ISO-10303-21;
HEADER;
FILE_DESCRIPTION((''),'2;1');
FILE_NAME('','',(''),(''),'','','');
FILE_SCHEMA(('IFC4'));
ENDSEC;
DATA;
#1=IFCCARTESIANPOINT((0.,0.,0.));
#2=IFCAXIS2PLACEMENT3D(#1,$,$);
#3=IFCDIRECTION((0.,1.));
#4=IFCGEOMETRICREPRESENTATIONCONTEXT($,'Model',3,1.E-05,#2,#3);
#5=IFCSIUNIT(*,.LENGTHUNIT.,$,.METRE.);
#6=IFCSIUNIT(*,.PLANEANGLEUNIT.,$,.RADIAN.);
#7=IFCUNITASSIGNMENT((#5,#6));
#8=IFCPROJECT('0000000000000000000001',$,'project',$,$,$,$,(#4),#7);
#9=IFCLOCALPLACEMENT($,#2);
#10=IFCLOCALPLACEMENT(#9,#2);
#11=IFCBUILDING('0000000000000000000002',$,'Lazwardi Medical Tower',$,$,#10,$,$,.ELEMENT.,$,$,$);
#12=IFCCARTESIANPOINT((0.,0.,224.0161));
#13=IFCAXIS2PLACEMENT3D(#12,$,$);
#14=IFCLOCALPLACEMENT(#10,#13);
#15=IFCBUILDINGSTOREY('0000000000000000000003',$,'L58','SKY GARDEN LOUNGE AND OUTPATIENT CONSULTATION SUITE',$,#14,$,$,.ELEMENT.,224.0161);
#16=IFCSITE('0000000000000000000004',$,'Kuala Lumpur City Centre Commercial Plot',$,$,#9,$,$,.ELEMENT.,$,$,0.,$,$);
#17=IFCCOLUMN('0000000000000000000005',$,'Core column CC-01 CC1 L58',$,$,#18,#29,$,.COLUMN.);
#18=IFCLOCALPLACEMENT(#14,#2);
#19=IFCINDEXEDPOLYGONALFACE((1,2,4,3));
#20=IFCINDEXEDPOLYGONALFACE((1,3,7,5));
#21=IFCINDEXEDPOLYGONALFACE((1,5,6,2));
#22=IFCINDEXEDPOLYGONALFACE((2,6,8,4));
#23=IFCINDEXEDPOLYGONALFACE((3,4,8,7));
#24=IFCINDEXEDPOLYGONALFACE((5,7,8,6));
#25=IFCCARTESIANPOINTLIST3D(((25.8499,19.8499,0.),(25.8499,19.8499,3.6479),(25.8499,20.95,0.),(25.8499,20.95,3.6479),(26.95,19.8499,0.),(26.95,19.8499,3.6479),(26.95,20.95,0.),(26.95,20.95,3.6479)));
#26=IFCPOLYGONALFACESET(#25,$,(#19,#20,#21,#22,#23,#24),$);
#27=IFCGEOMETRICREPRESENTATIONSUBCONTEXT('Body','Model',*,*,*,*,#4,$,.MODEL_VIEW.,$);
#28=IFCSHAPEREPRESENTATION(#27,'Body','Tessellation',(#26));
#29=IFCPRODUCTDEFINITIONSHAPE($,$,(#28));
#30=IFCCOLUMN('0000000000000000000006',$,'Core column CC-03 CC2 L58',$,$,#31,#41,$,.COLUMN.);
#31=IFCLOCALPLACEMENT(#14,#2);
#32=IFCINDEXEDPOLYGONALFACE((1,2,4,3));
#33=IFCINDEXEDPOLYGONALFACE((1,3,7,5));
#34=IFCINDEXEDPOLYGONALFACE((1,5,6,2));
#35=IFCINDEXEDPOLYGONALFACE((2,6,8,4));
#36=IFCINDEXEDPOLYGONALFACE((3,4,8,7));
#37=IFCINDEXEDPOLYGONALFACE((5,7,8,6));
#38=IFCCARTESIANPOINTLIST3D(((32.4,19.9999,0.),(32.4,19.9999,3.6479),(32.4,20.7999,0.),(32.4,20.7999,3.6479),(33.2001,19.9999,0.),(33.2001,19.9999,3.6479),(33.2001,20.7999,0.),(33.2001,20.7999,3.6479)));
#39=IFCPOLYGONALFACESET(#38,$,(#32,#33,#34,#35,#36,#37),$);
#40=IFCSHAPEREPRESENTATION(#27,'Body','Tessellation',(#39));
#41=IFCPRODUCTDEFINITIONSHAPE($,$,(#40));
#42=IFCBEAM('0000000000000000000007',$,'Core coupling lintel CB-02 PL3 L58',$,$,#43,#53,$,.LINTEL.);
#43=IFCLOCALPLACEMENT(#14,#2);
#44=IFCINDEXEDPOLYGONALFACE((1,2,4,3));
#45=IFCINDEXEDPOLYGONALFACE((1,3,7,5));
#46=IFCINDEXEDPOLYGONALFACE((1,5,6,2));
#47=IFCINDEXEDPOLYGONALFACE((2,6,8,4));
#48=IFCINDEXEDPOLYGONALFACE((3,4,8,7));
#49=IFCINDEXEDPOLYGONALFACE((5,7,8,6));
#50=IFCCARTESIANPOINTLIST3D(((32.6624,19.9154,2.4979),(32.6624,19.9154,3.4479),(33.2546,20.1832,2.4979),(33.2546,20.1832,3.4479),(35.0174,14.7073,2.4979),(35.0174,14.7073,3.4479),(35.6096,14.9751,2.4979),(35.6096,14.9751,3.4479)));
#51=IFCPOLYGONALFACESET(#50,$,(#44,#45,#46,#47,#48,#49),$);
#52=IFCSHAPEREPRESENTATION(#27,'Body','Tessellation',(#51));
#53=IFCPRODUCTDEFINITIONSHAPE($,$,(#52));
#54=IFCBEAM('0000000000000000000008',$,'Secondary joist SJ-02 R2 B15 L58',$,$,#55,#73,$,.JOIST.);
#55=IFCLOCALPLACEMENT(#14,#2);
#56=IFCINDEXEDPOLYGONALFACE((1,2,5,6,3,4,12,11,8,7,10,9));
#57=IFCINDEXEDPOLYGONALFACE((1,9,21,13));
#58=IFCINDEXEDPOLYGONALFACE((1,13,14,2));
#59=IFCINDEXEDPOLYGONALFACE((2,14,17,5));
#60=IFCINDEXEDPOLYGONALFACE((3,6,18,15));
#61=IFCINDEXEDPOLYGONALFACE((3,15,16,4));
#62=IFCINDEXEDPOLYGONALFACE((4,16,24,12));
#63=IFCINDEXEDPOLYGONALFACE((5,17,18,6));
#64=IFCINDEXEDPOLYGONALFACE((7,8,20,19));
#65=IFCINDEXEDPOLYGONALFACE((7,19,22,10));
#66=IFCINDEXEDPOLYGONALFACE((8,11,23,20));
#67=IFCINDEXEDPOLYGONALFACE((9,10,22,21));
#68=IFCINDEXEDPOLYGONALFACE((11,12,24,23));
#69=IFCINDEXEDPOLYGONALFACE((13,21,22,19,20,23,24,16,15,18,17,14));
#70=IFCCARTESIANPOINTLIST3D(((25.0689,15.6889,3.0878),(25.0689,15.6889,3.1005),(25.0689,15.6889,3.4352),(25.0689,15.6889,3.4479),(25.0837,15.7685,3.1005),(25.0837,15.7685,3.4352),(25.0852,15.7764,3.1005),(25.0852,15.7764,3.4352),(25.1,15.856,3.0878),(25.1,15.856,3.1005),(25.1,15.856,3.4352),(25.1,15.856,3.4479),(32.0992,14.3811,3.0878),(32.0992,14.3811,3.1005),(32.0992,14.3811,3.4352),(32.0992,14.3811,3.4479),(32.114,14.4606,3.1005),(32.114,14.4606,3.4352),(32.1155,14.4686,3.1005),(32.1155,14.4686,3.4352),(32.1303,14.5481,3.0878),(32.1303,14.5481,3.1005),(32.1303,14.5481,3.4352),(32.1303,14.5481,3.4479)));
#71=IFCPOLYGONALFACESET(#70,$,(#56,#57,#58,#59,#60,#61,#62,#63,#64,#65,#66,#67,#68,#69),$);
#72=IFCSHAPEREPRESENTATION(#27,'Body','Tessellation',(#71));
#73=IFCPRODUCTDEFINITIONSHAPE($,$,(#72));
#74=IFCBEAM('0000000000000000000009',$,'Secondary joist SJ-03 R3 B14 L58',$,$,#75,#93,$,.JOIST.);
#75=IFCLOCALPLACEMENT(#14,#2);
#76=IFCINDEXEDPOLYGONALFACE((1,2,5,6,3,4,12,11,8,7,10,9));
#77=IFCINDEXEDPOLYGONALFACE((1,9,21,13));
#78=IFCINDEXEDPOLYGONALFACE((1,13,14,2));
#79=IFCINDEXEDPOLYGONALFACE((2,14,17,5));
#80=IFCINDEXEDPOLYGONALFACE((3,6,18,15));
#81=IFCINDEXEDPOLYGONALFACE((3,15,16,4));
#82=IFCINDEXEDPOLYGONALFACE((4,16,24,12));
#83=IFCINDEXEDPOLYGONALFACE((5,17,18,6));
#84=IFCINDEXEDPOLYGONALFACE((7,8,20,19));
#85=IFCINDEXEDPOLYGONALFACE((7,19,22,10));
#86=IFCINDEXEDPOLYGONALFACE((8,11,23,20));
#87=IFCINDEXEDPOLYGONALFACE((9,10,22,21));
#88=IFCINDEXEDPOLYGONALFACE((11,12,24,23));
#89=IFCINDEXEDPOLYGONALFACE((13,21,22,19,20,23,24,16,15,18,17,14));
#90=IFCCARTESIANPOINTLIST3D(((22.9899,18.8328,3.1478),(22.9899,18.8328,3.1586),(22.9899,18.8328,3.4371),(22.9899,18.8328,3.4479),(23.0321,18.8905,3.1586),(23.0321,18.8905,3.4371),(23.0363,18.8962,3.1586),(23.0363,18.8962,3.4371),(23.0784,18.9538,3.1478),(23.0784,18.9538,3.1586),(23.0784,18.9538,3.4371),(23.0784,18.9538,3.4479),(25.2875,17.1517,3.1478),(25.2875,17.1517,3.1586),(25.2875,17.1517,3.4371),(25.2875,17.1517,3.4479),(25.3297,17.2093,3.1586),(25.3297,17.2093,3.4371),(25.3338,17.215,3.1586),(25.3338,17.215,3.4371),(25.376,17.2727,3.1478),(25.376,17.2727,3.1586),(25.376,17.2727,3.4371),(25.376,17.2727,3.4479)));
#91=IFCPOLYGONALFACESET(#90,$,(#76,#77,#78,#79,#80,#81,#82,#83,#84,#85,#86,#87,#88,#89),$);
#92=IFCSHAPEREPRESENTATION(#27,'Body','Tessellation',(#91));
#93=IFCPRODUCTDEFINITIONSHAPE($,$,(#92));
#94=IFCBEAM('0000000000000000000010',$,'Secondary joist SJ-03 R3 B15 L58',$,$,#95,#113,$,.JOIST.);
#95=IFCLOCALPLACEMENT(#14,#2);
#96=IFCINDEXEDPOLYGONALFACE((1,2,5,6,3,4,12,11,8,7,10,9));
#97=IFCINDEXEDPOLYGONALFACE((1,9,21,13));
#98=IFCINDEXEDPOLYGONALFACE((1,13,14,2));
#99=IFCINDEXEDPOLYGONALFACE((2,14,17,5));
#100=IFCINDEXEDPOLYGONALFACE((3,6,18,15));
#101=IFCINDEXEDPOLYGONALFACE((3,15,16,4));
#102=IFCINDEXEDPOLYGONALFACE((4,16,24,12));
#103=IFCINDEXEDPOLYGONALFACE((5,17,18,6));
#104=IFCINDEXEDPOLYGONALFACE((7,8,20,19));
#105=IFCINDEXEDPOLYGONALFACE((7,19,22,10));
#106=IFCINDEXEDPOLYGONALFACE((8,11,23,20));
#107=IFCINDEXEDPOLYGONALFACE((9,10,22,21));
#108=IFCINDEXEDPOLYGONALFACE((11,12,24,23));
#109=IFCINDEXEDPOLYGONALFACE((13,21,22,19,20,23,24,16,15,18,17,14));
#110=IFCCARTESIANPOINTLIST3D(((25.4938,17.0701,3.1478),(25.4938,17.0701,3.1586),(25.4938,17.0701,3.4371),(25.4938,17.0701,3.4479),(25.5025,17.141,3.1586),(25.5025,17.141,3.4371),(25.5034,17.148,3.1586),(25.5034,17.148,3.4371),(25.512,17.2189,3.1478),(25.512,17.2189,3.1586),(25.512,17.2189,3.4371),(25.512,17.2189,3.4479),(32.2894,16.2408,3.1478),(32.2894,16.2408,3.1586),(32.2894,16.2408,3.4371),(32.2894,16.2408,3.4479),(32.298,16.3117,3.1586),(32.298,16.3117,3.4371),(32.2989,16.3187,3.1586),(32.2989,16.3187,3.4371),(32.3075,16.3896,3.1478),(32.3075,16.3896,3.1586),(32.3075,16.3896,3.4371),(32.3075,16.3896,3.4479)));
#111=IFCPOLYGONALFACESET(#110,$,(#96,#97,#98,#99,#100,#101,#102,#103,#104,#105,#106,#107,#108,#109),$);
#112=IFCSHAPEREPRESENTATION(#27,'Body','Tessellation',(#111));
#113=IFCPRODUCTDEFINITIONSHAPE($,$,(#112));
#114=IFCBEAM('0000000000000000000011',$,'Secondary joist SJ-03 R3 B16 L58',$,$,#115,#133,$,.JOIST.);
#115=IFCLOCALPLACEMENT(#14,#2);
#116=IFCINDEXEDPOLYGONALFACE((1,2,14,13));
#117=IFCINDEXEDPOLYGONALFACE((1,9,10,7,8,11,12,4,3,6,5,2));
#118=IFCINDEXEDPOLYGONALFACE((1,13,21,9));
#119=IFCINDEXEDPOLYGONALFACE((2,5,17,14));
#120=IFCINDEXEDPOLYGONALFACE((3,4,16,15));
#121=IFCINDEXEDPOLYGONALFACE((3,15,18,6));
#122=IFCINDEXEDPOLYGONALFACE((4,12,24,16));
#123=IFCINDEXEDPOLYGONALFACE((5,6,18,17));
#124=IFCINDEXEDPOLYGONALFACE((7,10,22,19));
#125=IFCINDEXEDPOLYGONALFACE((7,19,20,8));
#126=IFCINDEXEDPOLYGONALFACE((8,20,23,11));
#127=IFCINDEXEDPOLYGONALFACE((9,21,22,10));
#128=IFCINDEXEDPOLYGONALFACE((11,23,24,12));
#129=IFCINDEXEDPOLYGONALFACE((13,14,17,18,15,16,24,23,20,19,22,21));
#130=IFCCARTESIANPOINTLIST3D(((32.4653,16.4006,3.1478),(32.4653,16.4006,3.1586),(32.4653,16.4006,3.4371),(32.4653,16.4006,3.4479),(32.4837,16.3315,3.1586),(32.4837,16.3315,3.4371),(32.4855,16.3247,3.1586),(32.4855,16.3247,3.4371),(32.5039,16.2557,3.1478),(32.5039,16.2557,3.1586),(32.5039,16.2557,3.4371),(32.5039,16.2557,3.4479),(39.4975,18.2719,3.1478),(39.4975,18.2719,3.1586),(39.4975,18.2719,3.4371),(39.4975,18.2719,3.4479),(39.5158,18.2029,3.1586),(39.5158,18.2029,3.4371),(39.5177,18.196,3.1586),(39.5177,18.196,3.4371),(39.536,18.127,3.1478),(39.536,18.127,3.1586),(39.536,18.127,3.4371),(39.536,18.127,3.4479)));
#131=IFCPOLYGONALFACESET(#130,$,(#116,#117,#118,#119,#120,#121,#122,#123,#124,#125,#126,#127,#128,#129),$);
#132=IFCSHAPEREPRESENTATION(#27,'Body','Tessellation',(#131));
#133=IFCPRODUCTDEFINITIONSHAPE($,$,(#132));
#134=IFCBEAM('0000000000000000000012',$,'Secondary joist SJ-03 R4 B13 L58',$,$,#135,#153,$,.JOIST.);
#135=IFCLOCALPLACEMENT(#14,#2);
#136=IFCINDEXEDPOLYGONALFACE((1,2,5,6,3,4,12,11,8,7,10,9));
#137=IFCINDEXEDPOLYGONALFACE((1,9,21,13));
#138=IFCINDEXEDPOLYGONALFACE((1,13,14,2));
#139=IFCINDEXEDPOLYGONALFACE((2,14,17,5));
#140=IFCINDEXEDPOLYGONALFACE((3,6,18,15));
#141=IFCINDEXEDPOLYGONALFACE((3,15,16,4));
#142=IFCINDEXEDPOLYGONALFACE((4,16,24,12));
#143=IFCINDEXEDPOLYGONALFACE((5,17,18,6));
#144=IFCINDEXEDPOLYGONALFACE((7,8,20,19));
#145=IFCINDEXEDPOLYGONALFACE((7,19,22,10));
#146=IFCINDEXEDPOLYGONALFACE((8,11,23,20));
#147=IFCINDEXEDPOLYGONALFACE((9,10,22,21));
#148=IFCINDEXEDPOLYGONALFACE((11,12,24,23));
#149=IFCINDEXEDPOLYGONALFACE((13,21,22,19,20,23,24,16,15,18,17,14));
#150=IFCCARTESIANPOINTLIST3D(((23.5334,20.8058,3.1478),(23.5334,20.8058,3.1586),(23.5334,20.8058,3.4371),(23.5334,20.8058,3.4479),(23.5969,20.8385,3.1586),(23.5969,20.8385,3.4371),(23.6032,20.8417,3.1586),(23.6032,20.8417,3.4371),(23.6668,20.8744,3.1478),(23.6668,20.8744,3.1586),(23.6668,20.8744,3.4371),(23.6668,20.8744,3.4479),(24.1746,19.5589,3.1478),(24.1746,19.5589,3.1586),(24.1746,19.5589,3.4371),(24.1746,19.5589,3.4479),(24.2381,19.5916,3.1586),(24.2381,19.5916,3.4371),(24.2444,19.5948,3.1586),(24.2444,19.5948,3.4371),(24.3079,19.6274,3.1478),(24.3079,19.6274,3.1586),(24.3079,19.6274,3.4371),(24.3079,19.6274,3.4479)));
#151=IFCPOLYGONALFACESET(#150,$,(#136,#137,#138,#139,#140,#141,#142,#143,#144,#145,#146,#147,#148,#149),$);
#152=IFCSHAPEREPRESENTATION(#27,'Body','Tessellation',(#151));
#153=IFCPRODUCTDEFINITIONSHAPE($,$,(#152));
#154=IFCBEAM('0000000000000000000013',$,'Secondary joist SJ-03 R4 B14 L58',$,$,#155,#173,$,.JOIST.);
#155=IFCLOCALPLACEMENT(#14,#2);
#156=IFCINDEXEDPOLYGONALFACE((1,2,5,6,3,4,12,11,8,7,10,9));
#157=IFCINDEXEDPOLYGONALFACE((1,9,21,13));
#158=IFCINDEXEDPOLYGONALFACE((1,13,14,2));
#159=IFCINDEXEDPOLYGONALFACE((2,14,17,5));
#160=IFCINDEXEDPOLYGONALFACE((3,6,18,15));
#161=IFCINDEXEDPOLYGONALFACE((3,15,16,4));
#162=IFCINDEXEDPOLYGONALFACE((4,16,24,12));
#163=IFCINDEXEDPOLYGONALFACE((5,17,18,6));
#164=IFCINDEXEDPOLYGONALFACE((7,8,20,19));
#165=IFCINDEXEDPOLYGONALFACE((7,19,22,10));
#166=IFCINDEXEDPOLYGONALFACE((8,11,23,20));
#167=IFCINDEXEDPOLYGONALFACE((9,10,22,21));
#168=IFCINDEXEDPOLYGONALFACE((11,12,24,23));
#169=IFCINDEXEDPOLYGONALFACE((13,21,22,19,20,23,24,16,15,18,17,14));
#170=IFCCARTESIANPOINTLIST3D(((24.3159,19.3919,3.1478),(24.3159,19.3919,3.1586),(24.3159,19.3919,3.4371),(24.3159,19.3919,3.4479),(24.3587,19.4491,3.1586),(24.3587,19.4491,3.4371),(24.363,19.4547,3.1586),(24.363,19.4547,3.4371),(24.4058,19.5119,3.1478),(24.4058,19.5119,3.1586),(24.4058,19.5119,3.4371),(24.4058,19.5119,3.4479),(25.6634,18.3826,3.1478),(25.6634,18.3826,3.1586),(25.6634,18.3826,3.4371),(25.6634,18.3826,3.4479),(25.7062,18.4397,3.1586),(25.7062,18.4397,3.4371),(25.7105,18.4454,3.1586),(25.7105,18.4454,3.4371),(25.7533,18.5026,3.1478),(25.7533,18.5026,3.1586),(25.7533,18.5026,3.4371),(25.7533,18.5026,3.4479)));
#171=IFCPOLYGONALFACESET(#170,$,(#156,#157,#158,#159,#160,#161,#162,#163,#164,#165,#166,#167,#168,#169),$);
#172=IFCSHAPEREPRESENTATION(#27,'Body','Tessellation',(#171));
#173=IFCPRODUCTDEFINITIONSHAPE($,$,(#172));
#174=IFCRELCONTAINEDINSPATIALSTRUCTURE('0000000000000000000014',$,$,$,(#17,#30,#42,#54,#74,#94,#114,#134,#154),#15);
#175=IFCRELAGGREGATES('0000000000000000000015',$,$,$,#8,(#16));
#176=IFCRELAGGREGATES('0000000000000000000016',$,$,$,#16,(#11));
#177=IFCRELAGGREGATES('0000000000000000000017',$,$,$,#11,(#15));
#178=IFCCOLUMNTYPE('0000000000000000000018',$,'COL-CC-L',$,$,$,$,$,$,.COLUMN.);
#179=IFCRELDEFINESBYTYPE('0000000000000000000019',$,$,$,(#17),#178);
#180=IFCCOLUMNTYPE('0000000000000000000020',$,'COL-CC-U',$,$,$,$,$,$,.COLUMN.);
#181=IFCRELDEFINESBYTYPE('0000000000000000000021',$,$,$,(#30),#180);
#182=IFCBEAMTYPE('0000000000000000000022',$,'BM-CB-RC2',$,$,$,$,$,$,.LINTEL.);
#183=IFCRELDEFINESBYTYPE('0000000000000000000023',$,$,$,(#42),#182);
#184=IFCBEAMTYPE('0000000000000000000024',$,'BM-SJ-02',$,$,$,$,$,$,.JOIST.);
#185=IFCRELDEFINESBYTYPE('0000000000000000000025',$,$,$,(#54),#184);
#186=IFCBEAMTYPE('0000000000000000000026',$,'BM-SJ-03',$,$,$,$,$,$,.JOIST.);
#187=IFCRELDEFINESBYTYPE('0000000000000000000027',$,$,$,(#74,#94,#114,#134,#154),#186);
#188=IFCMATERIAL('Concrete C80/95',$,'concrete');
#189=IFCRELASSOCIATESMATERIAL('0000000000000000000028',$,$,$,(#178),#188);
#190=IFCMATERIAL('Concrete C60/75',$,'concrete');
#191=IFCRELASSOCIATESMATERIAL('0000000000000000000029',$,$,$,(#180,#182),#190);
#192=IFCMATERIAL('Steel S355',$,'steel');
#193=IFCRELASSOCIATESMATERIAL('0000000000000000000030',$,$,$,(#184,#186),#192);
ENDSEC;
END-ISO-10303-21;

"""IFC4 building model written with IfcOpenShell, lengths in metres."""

from ifc_helpers import new_model, si_unit, direction, frame, origin, origin_2d, place, context, subcontext, project, spatial, rectangle, i_section, extrude, material, material_profile, profile_set, type_object, element, save


model = new_model("IFC4")

# Units and contexts
model_context = context("Model", 3, precision=1e-05, world=origin(), true_north=direction((0.0, 1.0)))
body_context = subcontext(model_context, "Body", "Model", "MODEL_VIEW")
ifc_project = project(units=[si_unit("LENGTHUNIT", "METRE"), si_unit("PLANEANGLEUNIT", "RADIAN")], contexts=[model_context])

# Site, building, storey
site_placement = place(None, origin())
site = spatial("IfcSite", under=ifc_project, at=site_placement, Name="Kuala Lumpur City Centre Commercial Plot", CompositionType="ELEMENT", RefElevation=0.0)
building_placement = place(site_placement, origin())
building = spatial("IfcBuilding", under=site, at=building_placement, Name="Lazwardi Medical Tower", CompositionType="ELEMENT")
storey_placement = place(building_placement, frame((0.0, 0.0, 224.0161)))
storey = spatial("IfcBuildingStorey", under=building, at=storey_placement, Name="L58", Description="SKY GARDEN LOUNGE AND OUTPATIENT CONSULTATION SUITE", CompositionType="ELEMENT", Elevation=224.0161)

# Columns
ifc_material_1 = material(Name="Concrete C80/95", Category="concrete")
ifc_material_profile_1 = material_profile(ifc_material_1, rectangle(XDim=1.1001, YDim=1.1001, at=origin_2d()), Name="RC 1100x1100")
ifc_profile_set_1 = profile_set([ifc_material_profile_1], Name="Concrete C80/95")
column_type_1 = type_object("IfcColumnType", Name="COL-CC-L", PredefinedType="COLUMN", material=ifc_profile_set_1)
column_1_placement = place(storey_placement, frame((26.3999, 20.3999, 0.0), z_axis=(0.0, 0.0, 1.0), x_axis=(1.0, 0.0, 0.0)))
element("IfcColumn", 1, at=column_1_placement, inside=storey, type_object=column_type_1, Name="Core column CC-01 CC1 L58", PredefinedType="COLUMN", context=body_context, shape_type="SweptSolid", body=[
    extrude(rectangle(XDim=1.1001, YDim=1.1001, at=origin_2d()), origin(), (0.0, 0.0, 1.0), 3.6479),
])
ifc_material_2 = material(Name="Concrete C60/75", Category="concrete")
ifc_material_profile_2 = material_profile(ifc_material_2, rectangle(XDim=0.8, YDim=0.8, at=origin_2d()), Name="RC 800x800")
ifc_profile_set_2 = profile_set([ifc_material_profile_2], Name="Concrete C60/75")
column_type_2 = type_object("IfcColumnType", Name="COL-CC-U", PredefinedType="COLUMN", material=ifc_profile_set_2)
column_2_placement = place(storey_placement, frame((32.8, 20.3999, 0.0), z_axis=(0.0, 0.0, 1.0), x_axis=(1.0, 0.0, 0.0)))
element("IfcColumn", 2, at=column_2_placement, inside=storey, type_object=column_type_2, Name="Core column CC-03 CC2 L58", PredefinedType="COLUMN", context=body_context, shape_type="SweptSolid", body=[
    extrude(rectangle(XDim=0.8, YDim=0.8, at=origin_2d()), origin(), (0.0, 0.0, 1.0), 3.6479),
])

# Beams
ifc_material_profile_3 = material_profile(ifc_material_2, rectangle(XDim=0.6499, YDim=0.95, at=origin_2d()), Name="RC 650x950")
ifc_profile_set_3 = profile_set([ifc_material_profile_3], Name="Concrete C60/75")
beam_type_1 = type_object("IfcBeamType", Name="BM-CB-RC2", PredefinedType="LINTEL", material=ifc_profile_set_3)
beam_1_placement = place(storey_placement, frame((32.9585, 20.0493, 2.9729), z_axis=(0.412019, -0.911175, 0.0), x_axis=(0.911175, 0.412019, 0.0)))
element("IfcBeam", 3, at=beam_1_placement, inside=storey, type_object=beam_type_1, Name="Core coupling lintel CB-02 PL3 L58", PredefinedType="LINTEL", context=body_context, shape_type="SweptSolid", body=[
    extrude(rectangle(XDim=0.6499, YDim=0.95, at=origin_2d()), origin(), (0.0, 0.0, 1.0), 5.7158),
])
ifc_material_3 = material(Name="Steel S355", Category="steel")
ifc_material_profile_4 = material_profile(ifc_material_3, i_section(OverallWidth=0.1699, OverallDepth=0.3601, WebThickness=0.0081, FlangeThickness=0.0127, at=origin_2d()), Name="IPE 360")
ifc_profile_set_4 = profile_set([ifc_material_profile_4], Name="Steel S355")
beam_type_2 = type_object("IfcBeamType", Name="BM-SJ-02", PredefinedType="JOIST", material=ifc_profile_set_4)
beam_2_placement = place(storey_placement, frame((25.0845, 15.7725, 3.2678), z_axis=(0.983132, -0.182895, 0.0), x_axis=(0.182895, 0.983132, 0.0)))
element("IfcBeam", 4, at=beam_2_placement, inside=storey, type_object=beam_type_2, Name="Secondary joist SJ-02 R2 B15 L58", PredefinedType="JOIST", context=body_context, shape_type="SweptSolid", body=[
    extrude(i_section(OverallWidth=0.1699, OverallDepth=0.3601, WebThickness=0.0081, FlangeThickness=0.0127, at=origin_2d()), origin(), (0.0, 0.0, 1.0), 7.1509),
])
ifc_material_profile_5 = material_profile(ifc_material_3, i_section(OverallWidth=0.1499, OverallDepth=0.3, WebThickness=0.0071, FlangeThickness=0.0107, at=origin_2d()), Name="IPE 300")
ifc_profile_set_5 = profile_set([ifc_material_profile_5], Name="Steel S355")
beam_type_3 = type_object("IfcBeamType", Name="BM-SJ-03", PredefinedType="JOIST", material=ifc_profile_set_5)
beam_3_placement = place(storey_placement, frame((23.0342, 18.8933, 3.2979), z_axis=(0.807034, -0.590505, 0.0), x_axis=(0.590505, 0.807034, 0.0)))
element("IfcBeam", 5, at=beam_3_placement, inside=storey, type_object=beam_type_3, Name="Secondary joist SJ-03 R3 B14 L58", PredefinedType="JOIST", context=body_context, shape_type="SweptSolid", body=[
    extrude(i_section(OverallWidth=0.1499, OverallDepth=0.3, WebThickness=0.0071, FlangeThickness=0.0107, at=origin_2d()), origin(), (0.0, 0.0, 1.0), 2.8469),
])
beam_4_placement = place(storey_placement, frame((25.5029, 17.1445, 3.2979), z_axis=(0.992635, -0.121146, 0.0), x_axis=(0.121146, 0.992635, 0.0)))
element("IfcBeam", 6, at=beam_4_placement, inside=storey, type_object=beam_type_3, Name="Secondary joist SJ-03 R3 B15 L58", PredefinedType="JOIST", context=body_context, shape_type="SweptSolid", body=[
    extrude(i_section(OverallWidth=0.1499, OverallDepth=0.3, WebThickness=0.0071, FlangeThickness=0.0107, at=origin_2d()), origin(), (0.0, 0.0, 1.0), 6.8459),
])
beam_5_placement = place(storey_placement, frame((32.4846, 16.3281, 3.2979), z_axis=(0.966369, 0.257159, 0.0), x_axis=(-0.257159, 0.966369, 0.0)))
element("IfcBeam", 7, at=beam_5_placement, inside=storey, type_object=beam_type_3, Name="Secondary joist SJ-03 R3 B16 L58", PredefinedType="JOIST", context=body_context, shape_type="SweptSolid", body=[
    extrude(i_section(OverallWidth=0.1499, OverallDepth=0.3, WebThickness=0.0071, FlangeThickness=0.0107, at=origin_2d()), origin(), (0.0, 0.0, 1.0), 7.2769),
])
beam_6_placement = place(storey_placement, frame((23.6001, 20.8401, 3.2979), z_axis=(0.457285, -0.88932, 0.0), x_axis=(0.88932, 0.457285, 0.0)))
element("IfcBeam", 8, at=beam_6_placement, inside=storey, type_object=beam_type_3, Name="Secondary joist SJ-03 R4 B13 L58", PredefinedType="JOIST", context=body_context, shape_type="SweptSolid", body=[
    extrude(i_section(OverallWidth=0.1499, OverallDepth=0.3, WebThickness=0.0071, FlangeThickness=0.0107, at=origin_2d()), origin(), (0.0, 0.0, 1.0), 1.4021),
])
beam_7_placement = place(storey_placement, frame((24.3608, 19.4519, 3.2979), z_axis=(0.800365, -0.599513, 0.0), x_axis=(0.599513, 0.800365, 0.0)))
element("IfcBeam", 9, at=beam_7_placement, inside=storey, type_object=beam_type_3, Name="Secondary joist SJ-03 R4 B14 L58", PredefinedType="JOIST", context=body_context, shape_type="SweptSolid", body=[
    extrude(i_section(OverallWidth=0.1499, OverallDepth=0.3, WebThickness=0.0071, FlangeThickness=0.0107, at=origin_2d()), origin(), (0.0, 0.0, 1.0), 1.6836),
])

save(model, "model.ifc")
